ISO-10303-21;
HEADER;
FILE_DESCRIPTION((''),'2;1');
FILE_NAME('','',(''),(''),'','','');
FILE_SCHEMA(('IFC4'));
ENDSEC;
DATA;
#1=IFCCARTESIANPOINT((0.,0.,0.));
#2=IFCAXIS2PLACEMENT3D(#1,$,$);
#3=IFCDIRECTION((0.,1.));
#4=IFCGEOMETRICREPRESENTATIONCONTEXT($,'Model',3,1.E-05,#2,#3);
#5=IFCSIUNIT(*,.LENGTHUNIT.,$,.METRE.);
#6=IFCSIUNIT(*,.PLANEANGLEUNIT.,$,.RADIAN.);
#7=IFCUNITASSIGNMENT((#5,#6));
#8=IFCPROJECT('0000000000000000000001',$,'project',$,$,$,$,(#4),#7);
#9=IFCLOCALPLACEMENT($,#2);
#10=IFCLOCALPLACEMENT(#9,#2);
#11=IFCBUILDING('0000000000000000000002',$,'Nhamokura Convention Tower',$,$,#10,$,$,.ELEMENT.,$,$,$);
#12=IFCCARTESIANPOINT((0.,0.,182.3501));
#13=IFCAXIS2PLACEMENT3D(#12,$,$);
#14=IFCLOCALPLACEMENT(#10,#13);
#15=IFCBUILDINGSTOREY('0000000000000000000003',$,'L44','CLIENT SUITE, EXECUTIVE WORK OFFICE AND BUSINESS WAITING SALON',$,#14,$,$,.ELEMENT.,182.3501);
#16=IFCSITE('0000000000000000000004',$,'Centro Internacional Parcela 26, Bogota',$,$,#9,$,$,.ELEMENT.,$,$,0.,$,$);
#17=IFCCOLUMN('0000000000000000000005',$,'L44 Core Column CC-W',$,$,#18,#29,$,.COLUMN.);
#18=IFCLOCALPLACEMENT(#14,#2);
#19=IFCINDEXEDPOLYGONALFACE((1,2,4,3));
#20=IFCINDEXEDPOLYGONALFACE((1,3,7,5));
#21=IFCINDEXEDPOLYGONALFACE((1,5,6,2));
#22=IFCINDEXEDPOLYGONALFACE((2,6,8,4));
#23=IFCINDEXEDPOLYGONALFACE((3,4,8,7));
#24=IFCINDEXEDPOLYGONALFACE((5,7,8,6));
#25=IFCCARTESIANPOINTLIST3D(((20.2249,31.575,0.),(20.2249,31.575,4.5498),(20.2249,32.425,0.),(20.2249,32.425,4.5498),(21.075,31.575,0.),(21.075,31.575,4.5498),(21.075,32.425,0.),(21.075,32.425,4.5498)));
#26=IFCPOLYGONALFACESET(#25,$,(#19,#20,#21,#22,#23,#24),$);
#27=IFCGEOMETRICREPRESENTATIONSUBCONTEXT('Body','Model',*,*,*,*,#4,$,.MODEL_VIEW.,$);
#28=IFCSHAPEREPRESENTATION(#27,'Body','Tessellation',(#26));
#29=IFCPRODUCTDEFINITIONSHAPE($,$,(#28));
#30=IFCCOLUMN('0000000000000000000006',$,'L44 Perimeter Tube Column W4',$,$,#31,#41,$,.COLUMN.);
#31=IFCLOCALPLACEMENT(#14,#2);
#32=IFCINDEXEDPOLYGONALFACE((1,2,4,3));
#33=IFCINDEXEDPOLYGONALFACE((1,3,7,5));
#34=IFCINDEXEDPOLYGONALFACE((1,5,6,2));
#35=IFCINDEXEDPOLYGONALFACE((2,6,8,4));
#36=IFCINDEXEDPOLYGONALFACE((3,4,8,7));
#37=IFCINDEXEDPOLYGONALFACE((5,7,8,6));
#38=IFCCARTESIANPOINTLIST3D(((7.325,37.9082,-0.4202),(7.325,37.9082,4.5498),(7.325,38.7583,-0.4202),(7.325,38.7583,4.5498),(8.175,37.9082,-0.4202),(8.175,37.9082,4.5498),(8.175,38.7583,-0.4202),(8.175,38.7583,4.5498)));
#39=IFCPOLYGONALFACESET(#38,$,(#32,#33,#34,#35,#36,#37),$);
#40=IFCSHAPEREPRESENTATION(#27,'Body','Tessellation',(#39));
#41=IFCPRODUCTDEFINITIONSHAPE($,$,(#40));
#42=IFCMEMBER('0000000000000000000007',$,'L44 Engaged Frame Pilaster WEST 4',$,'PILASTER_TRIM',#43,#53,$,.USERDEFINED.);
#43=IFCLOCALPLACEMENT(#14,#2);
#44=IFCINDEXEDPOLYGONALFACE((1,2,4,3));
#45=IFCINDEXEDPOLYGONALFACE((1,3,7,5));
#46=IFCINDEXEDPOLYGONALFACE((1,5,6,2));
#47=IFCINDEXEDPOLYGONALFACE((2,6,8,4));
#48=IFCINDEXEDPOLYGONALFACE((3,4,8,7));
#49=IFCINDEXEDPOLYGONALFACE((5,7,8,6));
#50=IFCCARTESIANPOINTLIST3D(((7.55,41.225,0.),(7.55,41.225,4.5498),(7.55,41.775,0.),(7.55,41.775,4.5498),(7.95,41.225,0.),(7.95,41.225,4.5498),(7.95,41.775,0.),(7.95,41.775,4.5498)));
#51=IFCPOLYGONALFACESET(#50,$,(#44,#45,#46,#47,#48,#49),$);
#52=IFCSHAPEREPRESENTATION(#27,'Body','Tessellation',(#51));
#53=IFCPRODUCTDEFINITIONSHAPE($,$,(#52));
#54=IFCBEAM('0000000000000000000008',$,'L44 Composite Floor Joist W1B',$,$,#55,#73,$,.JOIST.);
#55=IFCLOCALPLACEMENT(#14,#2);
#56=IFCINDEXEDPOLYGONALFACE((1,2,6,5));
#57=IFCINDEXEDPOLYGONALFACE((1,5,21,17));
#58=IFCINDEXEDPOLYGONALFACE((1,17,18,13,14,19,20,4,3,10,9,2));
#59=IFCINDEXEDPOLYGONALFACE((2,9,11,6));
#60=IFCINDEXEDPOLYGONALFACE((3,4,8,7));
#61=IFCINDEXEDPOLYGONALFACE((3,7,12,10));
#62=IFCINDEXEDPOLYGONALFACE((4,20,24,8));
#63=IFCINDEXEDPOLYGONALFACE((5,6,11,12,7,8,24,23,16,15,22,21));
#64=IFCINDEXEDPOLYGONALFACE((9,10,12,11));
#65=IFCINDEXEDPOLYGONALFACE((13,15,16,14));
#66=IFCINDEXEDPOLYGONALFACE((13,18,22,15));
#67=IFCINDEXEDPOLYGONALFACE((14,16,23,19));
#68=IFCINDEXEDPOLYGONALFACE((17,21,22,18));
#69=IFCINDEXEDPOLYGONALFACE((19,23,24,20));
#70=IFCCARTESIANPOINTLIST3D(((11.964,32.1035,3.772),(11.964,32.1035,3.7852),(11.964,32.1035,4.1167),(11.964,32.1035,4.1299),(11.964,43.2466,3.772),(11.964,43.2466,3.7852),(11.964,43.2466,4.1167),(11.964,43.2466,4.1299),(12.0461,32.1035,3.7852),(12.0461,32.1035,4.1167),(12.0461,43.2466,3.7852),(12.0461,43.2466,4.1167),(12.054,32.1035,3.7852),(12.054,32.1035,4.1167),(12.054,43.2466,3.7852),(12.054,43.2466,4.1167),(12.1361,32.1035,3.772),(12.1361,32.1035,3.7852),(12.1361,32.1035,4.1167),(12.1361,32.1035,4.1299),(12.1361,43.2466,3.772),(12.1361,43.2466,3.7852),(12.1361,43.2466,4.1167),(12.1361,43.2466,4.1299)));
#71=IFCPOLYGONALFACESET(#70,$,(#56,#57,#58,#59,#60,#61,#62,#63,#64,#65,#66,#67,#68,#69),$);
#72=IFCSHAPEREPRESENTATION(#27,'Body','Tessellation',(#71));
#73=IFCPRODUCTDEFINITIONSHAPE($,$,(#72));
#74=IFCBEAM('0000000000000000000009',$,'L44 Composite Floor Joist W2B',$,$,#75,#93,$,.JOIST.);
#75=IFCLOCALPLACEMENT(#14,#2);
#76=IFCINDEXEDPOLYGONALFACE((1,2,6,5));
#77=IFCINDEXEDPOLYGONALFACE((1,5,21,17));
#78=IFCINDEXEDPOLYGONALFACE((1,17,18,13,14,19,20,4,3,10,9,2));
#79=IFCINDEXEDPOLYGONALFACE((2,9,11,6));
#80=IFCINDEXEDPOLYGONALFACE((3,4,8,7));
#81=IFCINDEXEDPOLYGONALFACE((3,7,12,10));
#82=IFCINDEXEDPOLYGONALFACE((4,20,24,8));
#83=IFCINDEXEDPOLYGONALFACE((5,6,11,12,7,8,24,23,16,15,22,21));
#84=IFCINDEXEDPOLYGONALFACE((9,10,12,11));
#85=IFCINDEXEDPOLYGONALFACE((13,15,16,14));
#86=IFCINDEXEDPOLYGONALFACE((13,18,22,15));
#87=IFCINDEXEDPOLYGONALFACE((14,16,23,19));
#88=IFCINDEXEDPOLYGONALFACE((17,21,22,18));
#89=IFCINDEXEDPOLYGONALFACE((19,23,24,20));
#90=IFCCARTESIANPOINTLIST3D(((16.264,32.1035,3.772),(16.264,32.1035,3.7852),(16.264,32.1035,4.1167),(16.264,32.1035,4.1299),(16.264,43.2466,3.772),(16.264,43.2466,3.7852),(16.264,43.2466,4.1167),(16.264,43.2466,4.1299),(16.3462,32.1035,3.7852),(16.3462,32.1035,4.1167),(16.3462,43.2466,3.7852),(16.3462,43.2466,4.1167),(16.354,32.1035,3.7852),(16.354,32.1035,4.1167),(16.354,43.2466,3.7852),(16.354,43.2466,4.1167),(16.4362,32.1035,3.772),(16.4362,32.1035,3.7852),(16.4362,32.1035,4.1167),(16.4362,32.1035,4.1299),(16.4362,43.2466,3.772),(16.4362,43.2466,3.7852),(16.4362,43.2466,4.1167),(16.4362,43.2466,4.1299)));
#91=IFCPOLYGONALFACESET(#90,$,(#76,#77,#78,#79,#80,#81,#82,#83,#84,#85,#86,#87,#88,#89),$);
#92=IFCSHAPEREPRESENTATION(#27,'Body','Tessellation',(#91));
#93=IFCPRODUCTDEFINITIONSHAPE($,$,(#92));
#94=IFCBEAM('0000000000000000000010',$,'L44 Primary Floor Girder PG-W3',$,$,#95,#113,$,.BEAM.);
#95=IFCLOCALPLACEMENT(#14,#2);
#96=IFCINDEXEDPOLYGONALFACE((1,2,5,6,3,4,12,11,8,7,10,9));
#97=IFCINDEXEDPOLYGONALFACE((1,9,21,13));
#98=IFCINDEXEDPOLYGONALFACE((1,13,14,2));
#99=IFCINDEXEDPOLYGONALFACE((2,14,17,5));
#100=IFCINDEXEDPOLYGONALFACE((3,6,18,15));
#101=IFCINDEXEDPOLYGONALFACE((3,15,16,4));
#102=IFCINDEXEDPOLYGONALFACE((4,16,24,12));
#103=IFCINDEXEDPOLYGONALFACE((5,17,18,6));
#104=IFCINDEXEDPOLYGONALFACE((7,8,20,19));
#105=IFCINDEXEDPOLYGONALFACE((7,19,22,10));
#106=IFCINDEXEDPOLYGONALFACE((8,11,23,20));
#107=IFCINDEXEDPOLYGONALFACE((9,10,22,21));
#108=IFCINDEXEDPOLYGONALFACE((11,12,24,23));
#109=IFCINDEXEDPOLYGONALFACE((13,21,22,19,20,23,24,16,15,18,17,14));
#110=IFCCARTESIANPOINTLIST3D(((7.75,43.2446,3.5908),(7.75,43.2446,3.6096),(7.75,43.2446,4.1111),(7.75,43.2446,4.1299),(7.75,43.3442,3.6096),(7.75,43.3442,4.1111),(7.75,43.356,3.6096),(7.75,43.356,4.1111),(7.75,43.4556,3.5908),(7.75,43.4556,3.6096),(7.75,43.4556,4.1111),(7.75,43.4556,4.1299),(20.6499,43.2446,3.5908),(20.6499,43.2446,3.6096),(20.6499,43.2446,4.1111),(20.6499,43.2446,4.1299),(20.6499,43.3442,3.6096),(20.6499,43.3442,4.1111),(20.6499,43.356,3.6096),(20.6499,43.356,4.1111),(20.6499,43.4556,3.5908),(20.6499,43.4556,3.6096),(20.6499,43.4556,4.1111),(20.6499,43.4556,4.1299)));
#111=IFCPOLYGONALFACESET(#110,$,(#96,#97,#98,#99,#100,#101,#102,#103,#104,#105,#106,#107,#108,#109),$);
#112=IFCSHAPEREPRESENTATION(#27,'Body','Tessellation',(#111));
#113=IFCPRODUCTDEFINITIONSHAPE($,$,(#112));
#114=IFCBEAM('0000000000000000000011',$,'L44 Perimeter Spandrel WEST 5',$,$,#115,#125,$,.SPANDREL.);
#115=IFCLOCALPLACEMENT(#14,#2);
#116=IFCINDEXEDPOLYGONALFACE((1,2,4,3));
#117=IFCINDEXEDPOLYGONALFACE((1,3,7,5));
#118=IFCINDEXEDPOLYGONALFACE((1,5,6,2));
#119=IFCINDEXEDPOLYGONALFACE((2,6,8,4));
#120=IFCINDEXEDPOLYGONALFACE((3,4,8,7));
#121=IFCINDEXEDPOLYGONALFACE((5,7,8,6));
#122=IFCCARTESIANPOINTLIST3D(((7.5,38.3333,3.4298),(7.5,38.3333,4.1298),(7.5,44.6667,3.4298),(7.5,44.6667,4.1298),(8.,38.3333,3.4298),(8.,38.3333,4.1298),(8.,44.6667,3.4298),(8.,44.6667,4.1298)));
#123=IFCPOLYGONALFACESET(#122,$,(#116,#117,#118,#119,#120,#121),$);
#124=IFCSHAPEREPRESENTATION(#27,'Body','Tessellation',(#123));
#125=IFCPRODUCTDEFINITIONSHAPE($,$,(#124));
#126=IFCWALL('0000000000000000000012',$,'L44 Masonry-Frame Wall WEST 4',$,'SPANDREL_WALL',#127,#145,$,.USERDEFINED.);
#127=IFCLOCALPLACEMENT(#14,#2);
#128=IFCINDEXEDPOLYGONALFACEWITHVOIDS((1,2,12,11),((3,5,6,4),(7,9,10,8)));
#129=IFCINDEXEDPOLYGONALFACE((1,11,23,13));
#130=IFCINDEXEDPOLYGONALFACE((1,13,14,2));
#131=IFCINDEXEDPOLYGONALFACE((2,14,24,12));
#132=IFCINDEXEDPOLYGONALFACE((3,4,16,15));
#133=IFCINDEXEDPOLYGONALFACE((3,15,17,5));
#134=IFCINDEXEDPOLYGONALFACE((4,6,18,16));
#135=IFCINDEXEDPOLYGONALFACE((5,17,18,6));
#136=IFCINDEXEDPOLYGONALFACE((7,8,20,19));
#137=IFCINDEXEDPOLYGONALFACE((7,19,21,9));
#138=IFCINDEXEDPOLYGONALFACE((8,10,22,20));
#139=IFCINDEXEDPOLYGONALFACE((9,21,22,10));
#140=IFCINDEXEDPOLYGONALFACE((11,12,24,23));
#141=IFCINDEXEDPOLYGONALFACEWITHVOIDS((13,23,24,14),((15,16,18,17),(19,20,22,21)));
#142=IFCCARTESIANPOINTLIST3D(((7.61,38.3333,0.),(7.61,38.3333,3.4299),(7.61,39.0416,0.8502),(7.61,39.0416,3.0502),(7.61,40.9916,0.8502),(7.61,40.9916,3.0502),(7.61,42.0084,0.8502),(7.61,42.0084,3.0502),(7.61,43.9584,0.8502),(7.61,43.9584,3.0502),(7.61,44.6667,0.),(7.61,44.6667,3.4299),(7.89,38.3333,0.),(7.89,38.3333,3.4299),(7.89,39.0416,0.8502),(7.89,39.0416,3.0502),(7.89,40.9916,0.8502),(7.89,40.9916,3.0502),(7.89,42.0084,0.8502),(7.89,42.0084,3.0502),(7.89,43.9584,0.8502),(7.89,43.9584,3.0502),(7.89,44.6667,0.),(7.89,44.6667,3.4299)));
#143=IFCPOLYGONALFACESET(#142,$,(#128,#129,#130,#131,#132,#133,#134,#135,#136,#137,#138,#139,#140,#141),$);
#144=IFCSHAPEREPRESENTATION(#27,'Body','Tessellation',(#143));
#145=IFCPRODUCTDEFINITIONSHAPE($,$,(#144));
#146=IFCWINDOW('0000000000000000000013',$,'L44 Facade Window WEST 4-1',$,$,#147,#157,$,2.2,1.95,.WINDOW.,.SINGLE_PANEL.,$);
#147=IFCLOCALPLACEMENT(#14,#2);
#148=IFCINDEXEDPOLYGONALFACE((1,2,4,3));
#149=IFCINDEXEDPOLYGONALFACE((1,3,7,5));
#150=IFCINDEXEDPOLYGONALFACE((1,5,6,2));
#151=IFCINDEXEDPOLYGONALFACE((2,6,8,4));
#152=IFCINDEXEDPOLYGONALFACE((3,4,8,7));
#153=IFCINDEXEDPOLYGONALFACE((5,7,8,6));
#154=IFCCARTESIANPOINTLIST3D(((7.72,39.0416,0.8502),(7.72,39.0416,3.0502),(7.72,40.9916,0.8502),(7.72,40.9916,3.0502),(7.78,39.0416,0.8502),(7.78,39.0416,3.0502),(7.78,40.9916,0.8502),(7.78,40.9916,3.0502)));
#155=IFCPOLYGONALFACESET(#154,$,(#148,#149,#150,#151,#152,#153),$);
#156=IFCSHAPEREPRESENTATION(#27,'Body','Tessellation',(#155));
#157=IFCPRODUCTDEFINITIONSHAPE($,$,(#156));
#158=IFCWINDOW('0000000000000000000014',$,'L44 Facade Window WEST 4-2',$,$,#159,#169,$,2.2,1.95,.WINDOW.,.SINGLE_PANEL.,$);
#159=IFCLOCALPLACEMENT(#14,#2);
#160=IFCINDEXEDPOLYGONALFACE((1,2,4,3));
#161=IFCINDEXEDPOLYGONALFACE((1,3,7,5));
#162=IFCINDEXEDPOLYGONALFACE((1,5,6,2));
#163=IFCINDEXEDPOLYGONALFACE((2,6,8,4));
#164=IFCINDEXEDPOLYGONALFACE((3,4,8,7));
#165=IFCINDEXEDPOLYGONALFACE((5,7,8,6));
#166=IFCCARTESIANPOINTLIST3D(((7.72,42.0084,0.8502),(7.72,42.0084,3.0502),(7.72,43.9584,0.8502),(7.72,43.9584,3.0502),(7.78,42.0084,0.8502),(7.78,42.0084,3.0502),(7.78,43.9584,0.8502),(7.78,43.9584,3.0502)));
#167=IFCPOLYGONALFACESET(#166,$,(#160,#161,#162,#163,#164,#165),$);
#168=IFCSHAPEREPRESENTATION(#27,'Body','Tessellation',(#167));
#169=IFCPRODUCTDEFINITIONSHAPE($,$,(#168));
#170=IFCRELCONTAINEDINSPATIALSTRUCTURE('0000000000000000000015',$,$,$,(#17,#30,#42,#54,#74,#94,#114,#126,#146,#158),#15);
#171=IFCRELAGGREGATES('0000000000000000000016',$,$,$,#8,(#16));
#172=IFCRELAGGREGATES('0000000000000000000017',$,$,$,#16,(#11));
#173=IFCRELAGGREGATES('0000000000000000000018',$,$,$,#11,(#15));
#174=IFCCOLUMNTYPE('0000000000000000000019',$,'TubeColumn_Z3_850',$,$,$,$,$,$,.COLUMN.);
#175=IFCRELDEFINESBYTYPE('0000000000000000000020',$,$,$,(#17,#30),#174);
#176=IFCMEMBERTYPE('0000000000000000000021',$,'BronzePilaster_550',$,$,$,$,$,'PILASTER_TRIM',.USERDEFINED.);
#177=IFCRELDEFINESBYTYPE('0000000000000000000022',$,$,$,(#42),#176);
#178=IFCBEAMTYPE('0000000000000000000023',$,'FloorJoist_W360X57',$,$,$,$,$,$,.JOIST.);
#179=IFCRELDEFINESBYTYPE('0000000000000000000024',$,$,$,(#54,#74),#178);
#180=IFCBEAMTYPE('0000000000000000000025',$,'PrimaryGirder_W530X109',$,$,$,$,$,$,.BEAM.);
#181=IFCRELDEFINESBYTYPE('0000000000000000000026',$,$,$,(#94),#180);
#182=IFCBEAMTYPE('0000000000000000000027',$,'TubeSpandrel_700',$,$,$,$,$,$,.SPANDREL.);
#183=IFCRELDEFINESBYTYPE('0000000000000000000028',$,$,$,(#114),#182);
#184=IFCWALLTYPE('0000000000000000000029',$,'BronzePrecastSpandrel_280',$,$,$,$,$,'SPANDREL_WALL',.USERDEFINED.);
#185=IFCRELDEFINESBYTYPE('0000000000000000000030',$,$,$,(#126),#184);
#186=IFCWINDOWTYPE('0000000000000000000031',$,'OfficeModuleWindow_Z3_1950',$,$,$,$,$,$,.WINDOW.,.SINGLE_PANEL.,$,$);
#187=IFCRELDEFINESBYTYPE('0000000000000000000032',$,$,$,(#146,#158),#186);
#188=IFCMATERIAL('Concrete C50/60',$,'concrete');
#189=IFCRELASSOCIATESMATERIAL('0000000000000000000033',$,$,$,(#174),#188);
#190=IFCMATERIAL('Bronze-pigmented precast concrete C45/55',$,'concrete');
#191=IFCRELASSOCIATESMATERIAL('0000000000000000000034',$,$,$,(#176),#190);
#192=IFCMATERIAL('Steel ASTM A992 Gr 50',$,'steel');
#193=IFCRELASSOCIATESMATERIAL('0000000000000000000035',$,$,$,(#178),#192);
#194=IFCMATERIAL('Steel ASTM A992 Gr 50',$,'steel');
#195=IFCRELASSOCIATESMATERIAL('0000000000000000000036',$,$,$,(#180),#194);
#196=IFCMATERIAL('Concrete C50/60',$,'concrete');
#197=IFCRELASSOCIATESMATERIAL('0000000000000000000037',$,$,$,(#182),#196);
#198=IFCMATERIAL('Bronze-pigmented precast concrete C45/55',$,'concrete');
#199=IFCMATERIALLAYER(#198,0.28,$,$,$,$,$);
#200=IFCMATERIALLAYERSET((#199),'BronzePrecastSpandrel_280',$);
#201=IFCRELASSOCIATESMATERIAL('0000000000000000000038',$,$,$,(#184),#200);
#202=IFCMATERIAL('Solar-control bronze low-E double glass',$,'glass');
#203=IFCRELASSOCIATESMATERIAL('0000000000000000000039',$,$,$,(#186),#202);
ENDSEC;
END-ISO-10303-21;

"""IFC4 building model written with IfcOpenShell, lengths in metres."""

from ifc_helpers import new_model, si_unit, direction, frame, frame_2d, origin, origin_2d, place, context, subcontext, project, spatial, rectangle, i_section, extrude, material, layer, layer_set, material_profile, profile_set, type_object, element, fill, save


model = new_model("IFC4")

# Units and contexts
model_context = context("Model", 3, precision=1e-05, world=origin(), true_north=direction((0.0, 1.0)))
body_context = subcontext(model_context, "Body", "Model", "MODEL_VIEW")
ifc_project = project(units=[si_unit("LENGTHUNIT", "METRE"), si_unit("PLANEANGLEUNIT", "RADIAN")], contexts=[model_context])

# Site, building, storey
site_placement = place(None, origin())
site = spatial("IfcSite", under=ifc_project, at=site_placement, Name="Centro Internacional Parcela 26, Bogota", CompositionType="ELEMENT", RefElevation=0.0)
building_placement = place(site_placement, origin())
building = spatial("IfcBuilding", under=site, at=building_placement, Name="Nhamokura Convention Tower", CompositionType="ELEMENT")
storey_placement = place(building_placement, frame((0.0, 0.0, 182.3501)))
storey = spatial("IfcBuildingStorey", under=building, at=storey_placement, Name="L44", Description="CLIENT SUITE, EXECUTIVE WORK OFFICE AND BUSINESS WAITING SALON", CompositionType="ELEMENT", Elevation=182.3501)

# Columns
ifc_material_1 = material(Name="Concrete C50/60", Category="concrete")
ifc_material_profile_1 = material_profile(ifc_material_1, rectangle(XDim=0.8501, YDim=0.8501, at=origin_2d()))
ifc_profile_set_1 = profile_set([ifc_material_profile_1], Name="Concrete C50/60")
column_type = type_object("IfcColumnType", Name="TubeColumn_Z3_850", PredefinedType="COLUMN", material=ifc_profile_set_1)
column_1_placement = place(storey_placement, frame((20.6499, 32.0, 0.0), z_axis=(0.0, 0.0, 1.0), x_axis=(1.0, 0.0, 0.0)))
element("IfcColumn", 1, at=column_1_placement, inside=storey, type_object=column_type, Name="L44 Core Column CC-W", PredefinedType="COLUMN", context=body_context, shape_type="SweptSolid", body=[
    extrude(rectangle(XDim=0.8501, YDim=0.8501, at=origin_2d()), origin(), (0.0, 0.0, 1.0), 4.5498),
])
column_2_placement = place(storey_placement, frame((7.75, 38.3333, -0.4202), z_axis=(0.0, 0.0, 1.0), x_axis=(1.0, 0.0, 0.0)))
element("IfcColumn", 2, at=column_2_placement, inside=storey, type_object=column_type, Name="L44 Perimeter Tube Column W4", PredefinedType="COLUMN", context=body_context, shape_type="SweptSolid", body=[
    extrude(rectangle(XDim=0.8501, YDim=0.8501, at=origin_2d()), origin(), (0.0, 0.0, 1.0), 4.97),
])

# Member
ifc_material_2 = material(Name="Bronze-pigmented precast concrete C45/55", Category="concrete")
ifc_material_profile_2 = material_profile(ifc_material_2, rectangle(XDim=0.3999, YDim=0.55, at=origin_2d()))
ifc_profile_set_2 = profile_set([ifc_material_profile_2], Name="Bronze-pigmented precast concrete C45/55")
member_type = type_object("IfcMemberType", Name="BronzePilaster_550", ElementType="PILASTER_TRIM", PredefinedType="USERDEFINED", material=ifc_profile_set_2)
member_placement = place(storey_placement, frame((7.75, 41.5, 0.0), z_axis=(0.0, 0.0, 1.0), x_axis=(1.0, 0.0, 0.0)))
element("IfcMember", 3, at=member_placement, inside=storey, type_object=member_type, Name="L44 Engaged Frame Pilaster WEST 4", ObjectType="PILASTER_TRIM", PredefinedType="USERDEFINED", context=body_context, shape_type="SweptSolid", body=[
    extrude(rectangle(XDim=0.3999, YDim=0.55, at=origin_2d()), origin(), (0.0, 0.0, 1.0), 4.5498),
])

# Beams
ifc_material_3 = material(Name="Steel ASTM A992 Gr 50", Category="steel")
ifc_material_profile_3 = material_profile(ifc_material_3, i_section(OverallWidth=0.1721, OverallDepth=0.3579, WebThickness=0.0078, FlangeThickness=0.0132, at=origin_2d()))
ifc_profile_set_3 = profile_set([ifc_material_profile_3], Name="Steel ASTM A992 Gr 50")
beam_type_1 = type_object("IfcBeamType", Name="FloorJoist_W360X57", PredefinedType="JOIST", material=ifc_profile_set_3)
for number, where, z_axis, x_axis, name in (
    (4, (12.05, 32.1035, 3.9509), (0.0, 1.0, 0.0), (-1.0, 0.0, 0.0), "L44 Composite Floor Joist W1B"),
    (5, (16.3501, 32.1035, 3.9509), (0.0, 1.0, 0.0), (-1.0, 0.0, 0.0), "L44 Composite Floor Joist W2B"),
):
    element("IfcBeam", number, at=place(storey_placement, frame(where, z_axis=z_axis, x_axis=x_axis)), inside=storey, type_object=beam_type_1, Name=name, PredefinedType="JOIST", context=body_context, shape_type="SweptSolid", body=[
        extrude(i_section(OverallWidth=0.1721, OverallDepth=0.3579, WebThickness=0.0078, FlangeThickness=0.0132, at=origin_2d()), origin(), (0.0, 0.0, 1.0), 11.1431),
    ])
ifc_material_4 = material(Name="Steel ASTM A992 Gr 50", Category="steel")
ifc_material_profile_4 = material_profile(ifc_material_4, i_section(OverallWidth=0.2109, OverallDepth=0.5391, WebThickness=0.0117, FlangeThickness=0.0188, at=origin_2d()))
ifc_profile_set_4 = profile_set([ifc_material_profile_4], Name="Steel ASTM A992 Gr 50")
beam_type_2 = type_object("IfcBeamType", Name="PrimaryGirder_W530X109", PredefinedType="BEAM", material=ifc_profile_set_4)
beam_1_placement = place(storey_placement, frame((7.75, 43.3501, 3.8604), z_axis=(1.0, 0.0, 0.0), x_axis=(0.0, 1.0, 0.0)))
element("IfcBeam", 6, at=beam_1_placement, inside=storey, type_object=beam_type_2, Name="L44 Primary Floor Girder PG-W3", PredefinedType="BEAM", context=body_context, shape_type="SweptSolid", body=[
    extrude(i_section(OverallWidth=0.2109, OverallDepth=0.5391, WebThickness=0.0117, FlangeThickness=0.0188, at=origin_2d()), origin(), (0.0, 0.0, 1.0), 12.8999),
])
ifc_material_5 = material(Name="Concrete C50/60", Category="concrete")
ifc_material_profile_5 = material_profile(ifc_material_5, rectangle(XDim=0.5, YDim=0.7, at=origin_2d()))
ifc_profile_set_5 = profile_set([ifc_material_profile_5], Name="Concrete C50/60")
beam_type_3 = type_object("IfcBeamType", Name="TubeSpandrel_700", PredefinedType="SPANDREL", material=ifc_profile_set_5)
beam_2_placement = place(storey_placement, frame((7.75, 38.3333, 3.7798), z_axis=(0.0, 1.0, 0.0), x_axis=(-1.0, 0.0, 0.0)))
element("IfcBeam", 7, at=beam_2_placement, inside=storey, type_object=beam_type_3, Name="L44 Perimeter Spandrel WEST 5", PredefinedType="SPANDREL", context=body_context, shape_type="SweptSolid", body=[
    extrude(rectangle(XDim=0.5, YDim=0.7, at=origin_2d()), origin(), (0.0, 0.0, 1.0), 6.3335),
])

# Wall, openings, windows
ifc_material_6 = material(Name="Bronze-pigmented precast concrete C45/55", Category="concrete")
ifc_layer_1 = layer(ifc_material_6, 0.28)
ifc_layer_set_1 = layer_set([ifc_layer_1], Name="BronzePrecastSpandrel_280")
wall_type_1 = type_object("IfcWallType", Name="BronzePrecastSpandrel_280", ElementType="SPANDREL_WALL", PredefinedType="USERDEFINED", material=ifc_layer_set_1)
wall_1_placement = place(storey_placement, frame((7.75, 38.3333, 0.0), z_axis=(0.0, 0.0, 1.0), x_axis=(0.0, 1.0, 0.0)))
wall_1 = element("IfcWall", 8, at=wall_1_placement, inside=storey, type_object=wall_type_1, Name="L44 Masonry-Frame Wall WEST 4", ObjectType="SPANDREL_WALL", PredefinedType="USERDEFINED", context=body_context, shape_type="SweptSolid", body=[
    extrude(rectangle(XDim=6.3335, YDim=0.28, at=frame_2d((3.1667, 0.0))), origin(), (0.0, 0.0, 1.0), 3.4299),
])
opening_1_placement = place(wall_1_placement, frame((0.7083, 0.0, 0.8501)))
opening_1 = element("IfcOpeningElement", 9, at=opening_1_placement, cuts=wall_1, PredefinedType="OPENING", context=body_context, shape_type="SweptSolid", body=[
    extrude(rectangle(XDim=1.95, YDim=2.2, at=frame_2d((0.9751, 1.1001))), frame((0.0, 0.1499, 0.0), z_axis=(0.0, -1.0, 0.0), x_axis=(1.0, 0.0, 0.0)), (0.0, 0.0, 1.0), 0.3),
])
opening_2_placement = place(wall_1_placement, frame((3.675, 0.0, 0.8501)))
opening_2 = element("IfcOpeningElement", 10, at=opening_2_placement, cuts=wall_1, PredefinedType="OPENING", context=body_context, shape_type="SweptSolid", body=[
    extrude(rectangle(XDim=1.95, YDim=2.2, at=frame_2d((0.9751, 1.1001))), frame((0.0, 0.1499, 0.0), z_axis=(0.0, -1.0, 0.0), x_axis=(1.0, 0.0, 0.0)), (0.0, 0.0, 1.0), 0.3),
])
ifc_material_7 = material(Name="Solar-control bronze low-E double glass", Category="glass")
window_type = type_object("IfcWindowType", Name="OfficeModuleWindow_Z3_1950", PartitioningType="SINGLE_PANEL", PredefinedType="WINDOW", material=ifc_material_7)
window_1_placement = place(opening_1_placement, origin())
window_1 = element("IfcWindow", 11, at=window_1_placement, inside=storey, type_object=window_type, Name="L44 Facade Window WEST 4-1", OverallHeight=2.2, OverallWidth=1.95, PartitioningType="SINGLE_PANEL", PredefinedType="WINDOW", context=body_context, shape_type="SweptSolid", body=[
    extrude(rectangle(XDim=1.95, YDim=2.2, at=frame_2d((0.9751, 1.1001))), frame((0.0, 0.03, 0.0), z_axis=(0.0, -1.0, 0.0), x_axis=(1.0, 0.0, 0.0)), (0.0, 0.0, 1.0), 0.0601),
])
fill(opening_1, window_1)
window_2_placement = place(opening_2_placement, origin())
window_2 = element("IfcWindow", 12, at=window_2_placement, inside=storey, type_object=window_type, Name="L44 Facade Window WEST 4-2", OverallHeight=2.2, OverallWidth=1.95, PartitioningType="SINGLE_PANEL", PredefinedType="WINDOW", context=body_context, shape_type="SweptSolid", body=[
    extrude(rectangle(XDim=1.95, YDim=2.2, at=frame_2d((0.9751, 1.1001))), frame((0.0, 0.03, 0.0), z_axis=(0.0, -1.0, 0.0), x_axis=(1.0, 0.0, 0.0)), (0.0, 0.0, 1.0), 0.0601),
])
fill(opening_2, window_2)

save(model, "model.ifc")
